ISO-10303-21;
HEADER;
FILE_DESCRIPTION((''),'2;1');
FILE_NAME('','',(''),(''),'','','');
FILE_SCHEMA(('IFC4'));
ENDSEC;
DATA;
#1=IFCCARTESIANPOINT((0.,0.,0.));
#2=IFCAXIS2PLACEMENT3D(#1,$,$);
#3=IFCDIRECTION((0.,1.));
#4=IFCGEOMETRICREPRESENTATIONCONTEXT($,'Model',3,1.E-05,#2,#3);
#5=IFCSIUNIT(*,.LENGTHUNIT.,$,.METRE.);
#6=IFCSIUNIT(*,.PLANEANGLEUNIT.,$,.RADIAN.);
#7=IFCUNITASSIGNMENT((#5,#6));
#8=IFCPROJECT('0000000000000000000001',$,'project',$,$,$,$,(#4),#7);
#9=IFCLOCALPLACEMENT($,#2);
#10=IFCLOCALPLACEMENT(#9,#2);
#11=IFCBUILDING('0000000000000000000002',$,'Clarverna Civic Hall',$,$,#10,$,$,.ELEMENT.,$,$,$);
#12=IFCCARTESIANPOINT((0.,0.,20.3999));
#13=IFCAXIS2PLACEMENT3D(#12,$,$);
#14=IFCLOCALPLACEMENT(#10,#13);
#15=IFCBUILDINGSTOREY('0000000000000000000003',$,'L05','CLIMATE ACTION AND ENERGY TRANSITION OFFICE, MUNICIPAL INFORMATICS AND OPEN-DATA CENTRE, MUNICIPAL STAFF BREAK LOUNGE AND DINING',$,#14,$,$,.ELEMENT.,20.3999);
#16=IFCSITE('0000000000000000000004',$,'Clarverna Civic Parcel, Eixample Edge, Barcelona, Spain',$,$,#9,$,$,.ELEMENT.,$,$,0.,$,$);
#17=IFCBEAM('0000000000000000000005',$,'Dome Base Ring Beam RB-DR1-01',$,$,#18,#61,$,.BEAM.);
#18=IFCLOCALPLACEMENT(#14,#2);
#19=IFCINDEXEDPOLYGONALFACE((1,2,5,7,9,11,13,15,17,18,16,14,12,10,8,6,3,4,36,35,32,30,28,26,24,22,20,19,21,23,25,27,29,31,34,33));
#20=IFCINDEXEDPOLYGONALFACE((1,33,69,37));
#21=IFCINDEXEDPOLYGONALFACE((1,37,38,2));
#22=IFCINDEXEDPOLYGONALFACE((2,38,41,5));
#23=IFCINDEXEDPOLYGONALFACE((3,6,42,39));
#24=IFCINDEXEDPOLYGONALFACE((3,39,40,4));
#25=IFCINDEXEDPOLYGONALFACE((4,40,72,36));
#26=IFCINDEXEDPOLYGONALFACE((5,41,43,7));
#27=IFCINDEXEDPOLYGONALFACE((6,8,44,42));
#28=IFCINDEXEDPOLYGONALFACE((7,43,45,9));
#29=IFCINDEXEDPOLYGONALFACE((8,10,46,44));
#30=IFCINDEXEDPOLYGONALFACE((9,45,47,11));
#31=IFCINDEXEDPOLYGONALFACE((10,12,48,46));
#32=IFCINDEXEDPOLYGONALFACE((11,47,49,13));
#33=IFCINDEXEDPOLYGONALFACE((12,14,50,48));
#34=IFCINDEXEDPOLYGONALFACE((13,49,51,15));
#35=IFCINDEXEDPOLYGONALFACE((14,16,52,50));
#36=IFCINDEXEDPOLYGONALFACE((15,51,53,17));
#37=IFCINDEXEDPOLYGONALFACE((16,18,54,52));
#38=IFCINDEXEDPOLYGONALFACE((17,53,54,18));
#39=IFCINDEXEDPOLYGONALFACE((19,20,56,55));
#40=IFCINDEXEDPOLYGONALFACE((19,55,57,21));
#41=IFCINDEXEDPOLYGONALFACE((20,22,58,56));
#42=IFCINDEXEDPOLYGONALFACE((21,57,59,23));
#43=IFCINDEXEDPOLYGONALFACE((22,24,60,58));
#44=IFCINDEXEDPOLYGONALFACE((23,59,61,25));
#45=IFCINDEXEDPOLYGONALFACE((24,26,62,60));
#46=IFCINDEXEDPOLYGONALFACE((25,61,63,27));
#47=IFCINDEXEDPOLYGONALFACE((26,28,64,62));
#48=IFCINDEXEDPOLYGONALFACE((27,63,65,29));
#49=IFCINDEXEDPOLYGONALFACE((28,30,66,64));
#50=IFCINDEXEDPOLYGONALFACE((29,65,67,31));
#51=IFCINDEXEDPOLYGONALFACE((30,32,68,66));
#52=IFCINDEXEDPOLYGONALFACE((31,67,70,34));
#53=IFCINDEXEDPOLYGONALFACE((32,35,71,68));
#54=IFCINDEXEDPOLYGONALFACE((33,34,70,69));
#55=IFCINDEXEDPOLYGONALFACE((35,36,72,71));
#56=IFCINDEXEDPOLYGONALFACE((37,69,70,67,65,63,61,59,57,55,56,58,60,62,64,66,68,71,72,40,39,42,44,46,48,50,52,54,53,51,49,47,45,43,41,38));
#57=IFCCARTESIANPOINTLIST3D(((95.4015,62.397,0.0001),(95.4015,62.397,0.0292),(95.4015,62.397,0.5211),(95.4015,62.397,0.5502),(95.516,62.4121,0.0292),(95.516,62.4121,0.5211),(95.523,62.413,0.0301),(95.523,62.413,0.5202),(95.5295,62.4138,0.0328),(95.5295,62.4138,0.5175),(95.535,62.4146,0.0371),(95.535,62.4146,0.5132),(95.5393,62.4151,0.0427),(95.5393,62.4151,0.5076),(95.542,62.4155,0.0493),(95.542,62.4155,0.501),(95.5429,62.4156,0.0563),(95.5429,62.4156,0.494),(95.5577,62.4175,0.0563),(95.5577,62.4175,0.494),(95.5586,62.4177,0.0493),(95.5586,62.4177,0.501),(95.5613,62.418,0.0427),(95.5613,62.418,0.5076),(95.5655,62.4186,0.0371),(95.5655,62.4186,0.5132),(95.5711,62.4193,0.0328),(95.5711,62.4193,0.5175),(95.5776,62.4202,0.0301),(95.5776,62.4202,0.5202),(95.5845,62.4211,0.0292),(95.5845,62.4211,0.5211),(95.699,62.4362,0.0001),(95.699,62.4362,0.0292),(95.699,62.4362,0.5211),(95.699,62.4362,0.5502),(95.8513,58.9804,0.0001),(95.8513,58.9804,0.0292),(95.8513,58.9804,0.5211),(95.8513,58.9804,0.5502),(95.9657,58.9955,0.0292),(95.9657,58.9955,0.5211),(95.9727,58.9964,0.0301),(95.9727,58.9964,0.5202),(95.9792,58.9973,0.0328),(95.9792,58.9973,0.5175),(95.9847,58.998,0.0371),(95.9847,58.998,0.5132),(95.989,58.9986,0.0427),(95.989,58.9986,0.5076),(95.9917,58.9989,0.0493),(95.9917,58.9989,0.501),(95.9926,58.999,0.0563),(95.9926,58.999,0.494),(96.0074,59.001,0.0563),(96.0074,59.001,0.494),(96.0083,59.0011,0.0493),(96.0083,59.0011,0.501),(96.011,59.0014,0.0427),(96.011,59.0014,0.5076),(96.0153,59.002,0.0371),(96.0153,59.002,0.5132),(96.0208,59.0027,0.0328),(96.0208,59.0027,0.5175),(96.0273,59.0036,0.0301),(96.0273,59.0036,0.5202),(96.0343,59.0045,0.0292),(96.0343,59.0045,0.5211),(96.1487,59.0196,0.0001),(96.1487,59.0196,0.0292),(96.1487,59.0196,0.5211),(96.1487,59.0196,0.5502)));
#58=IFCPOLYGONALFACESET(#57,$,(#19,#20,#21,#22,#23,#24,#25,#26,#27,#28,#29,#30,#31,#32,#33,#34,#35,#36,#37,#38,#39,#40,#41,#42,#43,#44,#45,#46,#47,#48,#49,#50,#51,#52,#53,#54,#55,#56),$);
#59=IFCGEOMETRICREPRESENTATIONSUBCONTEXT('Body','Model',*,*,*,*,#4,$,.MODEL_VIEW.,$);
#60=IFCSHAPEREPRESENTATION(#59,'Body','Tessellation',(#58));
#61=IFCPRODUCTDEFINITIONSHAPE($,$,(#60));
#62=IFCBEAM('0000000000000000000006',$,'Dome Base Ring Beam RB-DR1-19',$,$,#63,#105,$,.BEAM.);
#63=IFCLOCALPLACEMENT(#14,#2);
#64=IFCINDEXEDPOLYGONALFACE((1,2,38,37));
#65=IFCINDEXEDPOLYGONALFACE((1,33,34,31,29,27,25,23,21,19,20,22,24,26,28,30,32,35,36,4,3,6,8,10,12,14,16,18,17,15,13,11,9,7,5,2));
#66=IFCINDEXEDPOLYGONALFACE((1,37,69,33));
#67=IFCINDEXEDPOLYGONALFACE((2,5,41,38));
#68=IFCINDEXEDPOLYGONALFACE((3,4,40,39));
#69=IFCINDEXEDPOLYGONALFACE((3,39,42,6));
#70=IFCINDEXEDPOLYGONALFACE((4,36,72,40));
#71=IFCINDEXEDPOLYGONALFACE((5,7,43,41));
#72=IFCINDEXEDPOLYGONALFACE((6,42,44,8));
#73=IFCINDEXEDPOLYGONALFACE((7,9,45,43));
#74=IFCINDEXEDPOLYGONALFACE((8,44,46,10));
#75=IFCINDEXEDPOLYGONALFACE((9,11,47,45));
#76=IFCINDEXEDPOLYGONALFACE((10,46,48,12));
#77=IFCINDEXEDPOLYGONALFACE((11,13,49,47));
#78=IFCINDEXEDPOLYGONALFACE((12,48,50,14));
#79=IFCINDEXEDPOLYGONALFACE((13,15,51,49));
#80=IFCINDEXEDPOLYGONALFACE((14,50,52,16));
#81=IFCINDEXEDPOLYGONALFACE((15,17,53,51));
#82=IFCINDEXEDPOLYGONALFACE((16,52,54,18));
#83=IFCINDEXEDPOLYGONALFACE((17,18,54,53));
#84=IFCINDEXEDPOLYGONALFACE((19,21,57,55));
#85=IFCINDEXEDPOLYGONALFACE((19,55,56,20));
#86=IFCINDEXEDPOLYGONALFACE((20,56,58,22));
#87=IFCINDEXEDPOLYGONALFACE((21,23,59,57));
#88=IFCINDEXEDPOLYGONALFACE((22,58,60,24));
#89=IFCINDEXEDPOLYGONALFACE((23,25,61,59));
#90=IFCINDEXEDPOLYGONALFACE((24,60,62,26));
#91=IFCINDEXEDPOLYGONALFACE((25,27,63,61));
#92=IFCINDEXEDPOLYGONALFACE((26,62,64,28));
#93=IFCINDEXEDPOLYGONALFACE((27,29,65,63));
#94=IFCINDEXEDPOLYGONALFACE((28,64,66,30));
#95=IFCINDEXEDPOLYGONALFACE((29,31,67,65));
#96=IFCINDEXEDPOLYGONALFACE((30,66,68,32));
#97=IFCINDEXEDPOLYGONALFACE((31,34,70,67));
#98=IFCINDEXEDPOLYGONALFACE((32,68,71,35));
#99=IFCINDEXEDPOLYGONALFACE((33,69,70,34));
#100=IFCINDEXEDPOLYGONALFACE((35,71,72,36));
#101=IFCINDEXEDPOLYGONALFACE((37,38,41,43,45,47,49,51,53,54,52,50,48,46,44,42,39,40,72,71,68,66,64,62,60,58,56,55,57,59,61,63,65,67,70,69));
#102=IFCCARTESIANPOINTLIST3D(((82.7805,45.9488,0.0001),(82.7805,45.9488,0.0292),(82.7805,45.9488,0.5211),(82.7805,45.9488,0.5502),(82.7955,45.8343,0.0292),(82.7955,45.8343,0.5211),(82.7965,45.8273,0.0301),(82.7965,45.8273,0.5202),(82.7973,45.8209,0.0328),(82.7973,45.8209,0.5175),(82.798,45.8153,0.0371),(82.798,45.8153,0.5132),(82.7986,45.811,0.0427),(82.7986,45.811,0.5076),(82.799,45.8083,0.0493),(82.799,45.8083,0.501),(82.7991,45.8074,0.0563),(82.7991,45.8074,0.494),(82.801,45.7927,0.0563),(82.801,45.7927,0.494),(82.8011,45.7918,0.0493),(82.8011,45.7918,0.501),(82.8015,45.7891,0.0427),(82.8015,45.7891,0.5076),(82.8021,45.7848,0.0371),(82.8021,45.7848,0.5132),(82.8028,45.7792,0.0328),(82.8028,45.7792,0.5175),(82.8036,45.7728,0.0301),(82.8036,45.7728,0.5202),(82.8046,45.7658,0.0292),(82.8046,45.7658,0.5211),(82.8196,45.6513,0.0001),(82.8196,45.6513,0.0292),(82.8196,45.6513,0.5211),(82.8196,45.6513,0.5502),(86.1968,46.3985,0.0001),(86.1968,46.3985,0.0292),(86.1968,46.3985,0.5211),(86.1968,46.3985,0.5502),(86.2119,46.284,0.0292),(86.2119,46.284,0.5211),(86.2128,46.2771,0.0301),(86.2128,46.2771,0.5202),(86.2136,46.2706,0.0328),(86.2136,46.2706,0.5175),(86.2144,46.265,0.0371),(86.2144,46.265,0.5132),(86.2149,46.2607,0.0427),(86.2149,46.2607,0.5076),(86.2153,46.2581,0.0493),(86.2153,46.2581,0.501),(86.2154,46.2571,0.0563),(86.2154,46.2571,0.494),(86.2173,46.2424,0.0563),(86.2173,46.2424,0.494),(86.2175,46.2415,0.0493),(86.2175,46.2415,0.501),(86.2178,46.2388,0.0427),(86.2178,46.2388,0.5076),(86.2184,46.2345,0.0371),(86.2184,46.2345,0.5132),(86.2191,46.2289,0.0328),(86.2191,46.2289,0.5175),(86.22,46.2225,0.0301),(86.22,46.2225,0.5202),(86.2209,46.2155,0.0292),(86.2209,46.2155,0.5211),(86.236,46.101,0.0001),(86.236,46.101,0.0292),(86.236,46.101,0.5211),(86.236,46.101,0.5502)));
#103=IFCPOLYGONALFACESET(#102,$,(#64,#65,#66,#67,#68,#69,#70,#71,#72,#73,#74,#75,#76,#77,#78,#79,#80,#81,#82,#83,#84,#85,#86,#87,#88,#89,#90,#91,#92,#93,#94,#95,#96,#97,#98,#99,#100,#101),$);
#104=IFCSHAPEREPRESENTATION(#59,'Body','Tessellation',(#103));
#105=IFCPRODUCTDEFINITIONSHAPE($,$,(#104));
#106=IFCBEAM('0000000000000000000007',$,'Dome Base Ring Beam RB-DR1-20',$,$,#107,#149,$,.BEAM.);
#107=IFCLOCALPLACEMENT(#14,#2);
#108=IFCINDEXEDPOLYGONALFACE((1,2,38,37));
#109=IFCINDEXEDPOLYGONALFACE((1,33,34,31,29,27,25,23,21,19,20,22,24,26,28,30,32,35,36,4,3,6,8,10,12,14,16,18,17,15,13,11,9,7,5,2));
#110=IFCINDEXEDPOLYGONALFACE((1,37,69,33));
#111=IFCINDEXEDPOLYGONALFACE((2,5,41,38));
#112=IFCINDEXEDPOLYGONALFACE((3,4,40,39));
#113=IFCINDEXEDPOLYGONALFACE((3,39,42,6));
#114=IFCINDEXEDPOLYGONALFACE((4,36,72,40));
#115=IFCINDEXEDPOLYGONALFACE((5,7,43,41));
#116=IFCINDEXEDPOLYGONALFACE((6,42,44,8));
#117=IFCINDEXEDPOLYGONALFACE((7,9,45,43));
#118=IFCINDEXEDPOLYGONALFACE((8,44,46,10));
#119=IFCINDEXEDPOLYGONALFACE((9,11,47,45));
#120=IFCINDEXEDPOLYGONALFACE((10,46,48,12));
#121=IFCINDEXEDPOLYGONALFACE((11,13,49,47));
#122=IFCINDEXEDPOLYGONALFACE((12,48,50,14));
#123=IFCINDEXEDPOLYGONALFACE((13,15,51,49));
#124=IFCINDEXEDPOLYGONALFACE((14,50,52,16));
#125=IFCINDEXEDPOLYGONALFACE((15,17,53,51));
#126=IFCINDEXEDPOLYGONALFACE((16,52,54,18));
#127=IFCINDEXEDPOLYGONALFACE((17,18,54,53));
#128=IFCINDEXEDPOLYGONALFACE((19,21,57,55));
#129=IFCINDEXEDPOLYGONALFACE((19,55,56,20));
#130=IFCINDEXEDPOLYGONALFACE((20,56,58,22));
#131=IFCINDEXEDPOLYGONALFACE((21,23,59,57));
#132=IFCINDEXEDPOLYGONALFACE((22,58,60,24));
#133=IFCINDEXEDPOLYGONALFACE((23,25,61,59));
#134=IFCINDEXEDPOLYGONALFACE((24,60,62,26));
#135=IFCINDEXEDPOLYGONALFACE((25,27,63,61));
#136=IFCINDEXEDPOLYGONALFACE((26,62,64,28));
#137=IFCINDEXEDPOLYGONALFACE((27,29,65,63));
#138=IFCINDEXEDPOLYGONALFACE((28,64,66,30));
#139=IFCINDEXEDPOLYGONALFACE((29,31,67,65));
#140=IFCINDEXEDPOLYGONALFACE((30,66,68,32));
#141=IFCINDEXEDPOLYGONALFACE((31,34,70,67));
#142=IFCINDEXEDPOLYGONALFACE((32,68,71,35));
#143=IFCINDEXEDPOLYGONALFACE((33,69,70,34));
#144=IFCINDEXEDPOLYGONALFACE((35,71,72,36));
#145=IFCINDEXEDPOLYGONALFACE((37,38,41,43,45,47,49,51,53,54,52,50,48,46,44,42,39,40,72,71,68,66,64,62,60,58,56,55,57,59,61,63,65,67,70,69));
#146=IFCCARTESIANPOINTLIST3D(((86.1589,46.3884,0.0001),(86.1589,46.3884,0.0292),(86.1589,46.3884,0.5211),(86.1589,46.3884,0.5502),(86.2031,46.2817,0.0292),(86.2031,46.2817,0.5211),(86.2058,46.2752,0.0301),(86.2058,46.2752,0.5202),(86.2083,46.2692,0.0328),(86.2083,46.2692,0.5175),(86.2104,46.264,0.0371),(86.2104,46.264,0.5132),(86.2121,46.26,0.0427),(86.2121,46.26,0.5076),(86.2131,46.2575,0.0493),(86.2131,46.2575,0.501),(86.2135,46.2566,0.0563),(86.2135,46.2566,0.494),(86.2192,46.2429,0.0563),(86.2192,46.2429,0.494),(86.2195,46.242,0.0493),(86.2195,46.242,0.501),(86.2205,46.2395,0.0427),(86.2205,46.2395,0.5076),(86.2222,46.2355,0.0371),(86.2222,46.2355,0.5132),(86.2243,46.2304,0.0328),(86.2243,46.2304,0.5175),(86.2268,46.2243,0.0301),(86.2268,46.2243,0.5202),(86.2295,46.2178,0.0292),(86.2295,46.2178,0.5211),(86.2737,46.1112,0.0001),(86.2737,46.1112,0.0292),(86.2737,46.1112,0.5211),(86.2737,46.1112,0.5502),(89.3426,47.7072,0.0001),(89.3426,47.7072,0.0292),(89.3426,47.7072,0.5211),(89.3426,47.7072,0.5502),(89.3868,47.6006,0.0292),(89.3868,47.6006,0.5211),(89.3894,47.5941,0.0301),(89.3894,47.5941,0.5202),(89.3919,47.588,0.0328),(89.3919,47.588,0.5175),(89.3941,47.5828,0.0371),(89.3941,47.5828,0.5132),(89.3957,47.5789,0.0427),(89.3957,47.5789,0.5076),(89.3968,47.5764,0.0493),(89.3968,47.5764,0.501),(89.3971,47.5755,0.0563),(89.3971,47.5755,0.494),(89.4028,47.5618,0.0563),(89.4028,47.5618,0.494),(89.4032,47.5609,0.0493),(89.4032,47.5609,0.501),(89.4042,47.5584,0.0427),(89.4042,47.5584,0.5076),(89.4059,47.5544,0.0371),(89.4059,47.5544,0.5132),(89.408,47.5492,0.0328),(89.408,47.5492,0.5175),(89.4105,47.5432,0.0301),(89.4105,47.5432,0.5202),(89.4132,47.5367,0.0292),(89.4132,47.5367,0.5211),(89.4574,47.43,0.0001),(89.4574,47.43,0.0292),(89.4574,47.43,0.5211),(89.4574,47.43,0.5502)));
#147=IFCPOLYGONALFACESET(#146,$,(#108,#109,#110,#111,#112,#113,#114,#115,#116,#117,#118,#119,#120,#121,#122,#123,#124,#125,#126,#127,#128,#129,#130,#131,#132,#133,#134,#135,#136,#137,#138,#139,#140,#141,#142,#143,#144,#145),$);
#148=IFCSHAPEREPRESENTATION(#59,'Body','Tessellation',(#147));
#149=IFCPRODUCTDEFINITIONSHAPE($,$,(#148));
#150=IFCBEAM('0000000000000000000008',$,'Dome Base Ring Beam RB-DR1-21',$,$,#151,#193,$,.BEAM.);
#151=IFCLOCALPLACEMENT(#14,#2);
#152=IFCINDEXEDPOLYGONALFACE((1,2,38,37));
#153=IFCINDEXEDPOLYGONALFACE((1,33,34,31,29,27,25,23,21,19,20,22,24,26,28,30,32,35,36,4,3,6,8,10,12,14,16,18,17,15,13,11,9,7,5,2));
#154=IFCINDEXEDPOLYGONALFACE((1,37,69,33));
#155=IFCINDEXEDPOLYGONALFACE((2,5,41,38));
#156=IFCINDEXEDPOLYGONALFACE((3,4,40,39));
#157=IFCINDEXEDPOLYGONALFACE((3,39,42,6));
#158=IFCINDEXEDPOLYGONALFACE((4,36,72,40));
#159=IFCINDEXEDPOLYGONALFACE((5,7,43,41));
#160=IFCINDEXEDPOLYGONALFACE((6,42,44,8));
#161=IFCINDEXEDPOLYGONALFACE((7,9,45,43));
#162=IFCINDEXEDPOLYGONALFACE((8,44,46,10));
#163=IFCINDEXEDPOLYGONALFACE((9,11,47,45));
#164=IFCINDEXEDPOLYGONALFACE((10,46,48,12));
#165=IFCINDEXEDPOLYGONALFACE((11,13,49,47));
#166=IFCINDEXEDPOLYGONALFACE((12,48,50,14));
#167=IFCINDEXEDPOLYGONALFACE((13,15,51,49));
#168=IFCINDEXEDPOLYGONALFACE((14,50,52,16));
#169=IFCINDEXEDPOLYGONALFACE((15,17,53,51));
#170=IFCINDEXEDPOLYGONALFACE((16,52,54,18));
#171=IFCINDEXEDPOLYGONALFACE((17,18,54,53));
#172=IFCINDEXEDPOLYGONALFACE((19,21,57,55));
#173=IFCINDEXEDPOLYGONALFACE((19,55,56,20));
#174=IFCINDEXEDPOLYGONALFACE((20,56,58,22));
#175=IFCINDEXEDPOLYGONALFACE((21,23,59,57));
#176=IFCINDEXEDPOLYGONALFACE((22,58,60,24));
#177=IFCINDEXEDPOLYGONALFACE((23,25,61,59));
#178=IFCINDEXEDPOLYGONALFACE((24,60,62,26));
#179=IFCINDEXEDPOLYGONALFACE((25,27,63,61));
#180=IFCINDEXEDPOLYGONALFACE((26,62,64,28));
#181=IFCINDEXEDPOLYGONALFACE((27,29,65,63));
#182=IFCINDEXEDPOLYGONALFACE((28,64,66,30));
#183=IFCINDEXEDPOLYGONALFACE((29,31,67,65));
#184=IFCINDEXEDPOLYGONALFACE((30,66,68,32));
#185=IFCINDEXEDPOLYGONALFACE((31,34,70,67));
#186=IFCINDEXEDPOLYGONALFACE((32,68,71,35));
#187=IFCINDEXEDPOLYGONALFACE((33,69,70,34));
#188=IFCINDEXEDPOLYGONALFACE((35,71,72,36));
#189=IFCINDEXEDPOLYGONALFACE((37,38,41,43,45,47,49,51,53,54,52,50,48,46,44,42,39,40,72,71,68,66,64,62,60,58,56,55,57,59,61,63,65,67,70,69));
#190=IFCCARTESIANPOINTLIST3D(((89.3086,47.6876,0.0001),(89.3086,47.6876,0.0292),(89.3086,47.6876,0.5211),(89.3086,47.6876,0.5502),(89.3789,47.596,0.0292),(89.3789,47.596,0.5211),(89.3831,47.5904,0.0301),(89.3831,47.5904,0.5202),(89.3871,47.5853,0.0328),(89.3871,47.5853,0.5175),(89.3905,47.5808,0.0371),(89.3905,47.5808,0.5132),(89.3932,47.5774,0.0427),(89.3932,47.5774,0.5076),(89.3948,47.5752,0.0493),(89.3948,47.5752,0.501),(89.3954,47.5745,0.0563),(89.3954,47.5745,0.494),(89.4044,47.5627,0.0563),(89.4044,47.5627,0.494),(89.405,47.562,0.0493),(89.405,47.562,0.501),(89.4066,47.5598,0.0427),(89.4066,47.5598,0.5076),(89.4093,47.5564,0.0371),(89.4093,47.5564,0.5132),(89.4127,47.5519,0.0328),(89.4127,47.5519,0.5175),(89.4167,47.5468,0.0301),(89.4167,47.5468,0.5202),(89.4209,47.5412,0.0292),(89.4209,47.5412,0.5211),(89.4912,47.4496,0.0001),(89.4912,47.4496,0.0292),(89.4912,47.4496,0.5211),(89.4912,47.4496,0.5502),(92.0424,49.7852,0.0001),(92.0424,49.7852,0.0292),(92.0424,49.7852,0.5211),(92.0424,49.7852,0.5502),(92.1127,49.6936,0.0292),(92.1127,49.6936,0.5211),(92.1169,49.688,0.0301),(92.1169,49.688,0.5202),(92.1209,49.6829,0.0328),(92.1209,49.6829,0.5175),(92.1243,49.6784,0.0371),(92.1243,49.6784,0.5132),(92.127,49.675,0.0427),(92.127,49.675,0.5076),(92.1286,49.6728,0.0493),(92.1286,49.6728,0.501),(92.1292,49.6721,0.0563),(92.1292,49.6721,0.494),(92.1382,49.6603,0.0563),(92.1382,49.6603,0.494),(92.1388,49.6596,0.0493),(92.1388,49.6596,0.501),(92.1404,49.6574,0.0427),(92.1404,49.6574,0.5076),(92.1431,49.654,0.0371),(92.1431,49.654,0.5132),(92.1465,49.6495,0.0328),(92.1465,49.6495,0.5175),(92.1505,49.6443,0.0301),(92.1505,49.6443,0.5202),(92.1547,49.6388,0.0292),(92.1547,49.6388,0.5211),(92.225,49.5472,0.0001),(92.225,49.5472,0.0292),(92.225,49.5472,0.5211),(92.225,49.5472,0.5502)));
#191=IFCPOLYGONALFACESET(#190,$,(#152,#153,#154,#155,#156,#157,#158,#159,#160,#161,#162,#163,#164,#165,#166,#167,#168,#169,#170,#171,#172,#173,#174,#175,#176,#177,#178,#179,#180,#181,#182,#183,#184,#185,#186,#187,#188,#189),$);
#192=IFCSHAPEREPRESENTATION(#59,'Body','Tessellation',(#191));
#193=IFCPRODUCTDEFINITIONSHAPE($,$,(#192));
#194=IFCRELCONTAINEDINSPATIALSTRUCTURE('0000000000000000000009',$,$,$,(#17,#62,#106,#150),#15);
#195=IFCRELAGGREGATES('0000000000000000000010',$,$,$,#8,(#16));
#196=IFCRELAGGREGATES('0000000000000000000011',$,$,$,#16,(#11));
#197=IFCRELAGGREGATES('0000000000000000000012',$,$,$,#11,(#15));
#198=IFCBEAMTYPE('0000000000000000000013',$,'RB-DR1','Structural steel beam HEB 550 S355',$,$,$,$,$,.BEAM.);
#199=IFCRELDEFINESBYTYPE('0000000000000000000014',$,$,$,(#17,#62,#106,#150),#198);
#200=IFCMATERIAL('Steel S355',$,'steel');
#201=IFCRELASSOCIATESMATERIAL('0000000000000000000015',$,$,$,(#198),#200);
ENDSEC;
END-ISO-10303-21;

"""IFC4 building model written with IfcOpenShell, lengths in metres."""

from ifc_helpers import new_model, si_unit, direction, frame, origin, origin_2d, place, context, subcontext, project, spatial, i_section, extrude, material, material_profile, profile_set, type_object, element, save


model = new_model("IFC4")

# Units and contexts
model_context = context("Model", 3, precision=1e-05, world=origin(), true_north=direction((0.0, 1.0)))
body_context = subcontext(model_context, "Body", "Model", "MODEL_VIEW")
ifc_project = project(units=[si_unit("LENGTHUNIT", "METRE"), si_unit("PLANEANGLEUNIT", "RADIAN")], contexts=[model_context])

# Site, building, storey
site_placement = place(None, origin())
site = spatial("IfcSite", under=ifc_project, at=site_placement, Name="Clarverna Civic Parcel, Eixample Edge, Barcelona, Spain", CompositionType="ELEMENT", RefElevation=0.0)
building_placement = place(site_placement, origin())
building = spatial("IfcBuilding", under=site, at=building_placement, Name="Clarverna Civic Hall", CompositionType="ELEMENT")
storey_placement = place(building_placement, frame((0.0, 0.0, 20.3999)))
storey = spatial("IfcBuildingStorey", under=building, at=storey_placement, Name="L05", Description="CLIMATE ACTION AND ENERGY TRANSITION OFFICE, MUNICIPAL INFORMATICS AND OPEN-DATA CENTRE, MUNICIPAL STAFF BREAK LOUNGE AND DINING", CompositionType="ELEMENT", Elevation=20.3999)

# Beams
ifc_material_1 = material(Name="Steel S355", Category="steel")
ifc_material_profile = material_profile(ifc_material_1, i_section(OverallWidth=0.3, OverallDepth=0.55, WebThickness=0.0149, FlangeThickness=0.0291, FilletRadius=0.0271, at=origin_2d()), Name="HEB 550")
ifc_profile_set = profile_set([ifc_material_profile], Name="Steel S355")
beam_type = type_object("IfcBeamType", Name="RB-DR1", Description="Structural steel beam HEB 550 S355", PredefinedType="BEAM", material=ifc_profile_set)
beam_1_placement = place(storey_placement, frame((96.0, 59.0, 0.2751), z_axis=(-0.130502, 0.991448, 0.0), x_axis=(-0.991448, -0.130502, 0.0)))
element("IfcBeam", 1, at=beam_1_placement, inside=storey, type_object=beam_type, Name="Dome Base Ring Beam RB-DR1-01", PredefinedType="BEAM", context=body_context, shape_type="SweptSolid", body=[
    extrude(i_section(OverallWidth=0.3, OverallDepth=0.55, WebThickness=0.0149, FlangeThickness=0.0291, FilletRadius=0.0271, at=origin_2d()), origin(), (0.0, 0.0, 1.0), 3.446),
])
beam_2_placement = place(storey_placement, frame((82.8, 45.8, 0.2751), z_axis=(0.991447, 0.130511, 0.0), x_axis=(-0.130511, 0.991447, 0.0)))
element("IfcBeam", 2, at=beam_2_placement, inside=storey, type_object=beam_type, Name="Dome Base Ring Beam RB-DR1-19", PredefinedType="BEAM", context=body_context, shape_type="SweptSolid", body=[
    extrude(i_section(OverallWidth=0.3, OverallDepth=0.55, WebThickness=0.0149, FlangeThickness=0.0291, FilletRadius=0.0271, at=origin_2d()), origin(), (0.0, 0.0, 1.0), 3.4458),
])
beam_3_placement = place(storey_placement, frame((86.2163, 46.2498, 0.2751), z_axis=(0.923863, 0.382723, 0.0), x_axis=(-0.382723, 0.923863, 0.0)))
element("IfcBeam", 3, at=beam_3_placement, inside=storey, type_object=beam_type, Name="Dome Base Ring Beam RB-DR1-20", PredefinedType="BEAM", context=body_context, shape_type="SweptSolid", body=[
    extrude(i_section(OverallWidth=0.3, OverallDepth=0.55, WebThickness=0.0149, FlangeThickness=0.0291, FilletRadius=0.0271, at=origin_2d()), origin(), (0.0, 0.0, 1.0), 3.446),
])
for number, where, z_axis, x_axis, name in (
    (4, (89.3999, 47.5686, 0.2751), (0.793371, 0.608738, 0.0), (-0.608738, 0.793371, 0.0), "Dome Base Ring Beam RB-DR1-21"),
):
    element("IfcBeam", number, at=place(storey_placement, frame(where, z_axis=z_axis, x_axis=x_axis)), inside=storey, type_object=beam_type, Name=name, PredefinedType="BEAM", context=body_context, shape_type="SweptSolid", body=[
        extrude(i_section(OverallWidth=0.3, OverallDepth=0.55, WebThickness=0.0149, FlangeThickness=0.0291, FilletRadius=0.0271, at=origin_2d()), origin(), (0.0, 0.0, 1.0), 3.4458),
    ])

save(model, "model.ifc")
